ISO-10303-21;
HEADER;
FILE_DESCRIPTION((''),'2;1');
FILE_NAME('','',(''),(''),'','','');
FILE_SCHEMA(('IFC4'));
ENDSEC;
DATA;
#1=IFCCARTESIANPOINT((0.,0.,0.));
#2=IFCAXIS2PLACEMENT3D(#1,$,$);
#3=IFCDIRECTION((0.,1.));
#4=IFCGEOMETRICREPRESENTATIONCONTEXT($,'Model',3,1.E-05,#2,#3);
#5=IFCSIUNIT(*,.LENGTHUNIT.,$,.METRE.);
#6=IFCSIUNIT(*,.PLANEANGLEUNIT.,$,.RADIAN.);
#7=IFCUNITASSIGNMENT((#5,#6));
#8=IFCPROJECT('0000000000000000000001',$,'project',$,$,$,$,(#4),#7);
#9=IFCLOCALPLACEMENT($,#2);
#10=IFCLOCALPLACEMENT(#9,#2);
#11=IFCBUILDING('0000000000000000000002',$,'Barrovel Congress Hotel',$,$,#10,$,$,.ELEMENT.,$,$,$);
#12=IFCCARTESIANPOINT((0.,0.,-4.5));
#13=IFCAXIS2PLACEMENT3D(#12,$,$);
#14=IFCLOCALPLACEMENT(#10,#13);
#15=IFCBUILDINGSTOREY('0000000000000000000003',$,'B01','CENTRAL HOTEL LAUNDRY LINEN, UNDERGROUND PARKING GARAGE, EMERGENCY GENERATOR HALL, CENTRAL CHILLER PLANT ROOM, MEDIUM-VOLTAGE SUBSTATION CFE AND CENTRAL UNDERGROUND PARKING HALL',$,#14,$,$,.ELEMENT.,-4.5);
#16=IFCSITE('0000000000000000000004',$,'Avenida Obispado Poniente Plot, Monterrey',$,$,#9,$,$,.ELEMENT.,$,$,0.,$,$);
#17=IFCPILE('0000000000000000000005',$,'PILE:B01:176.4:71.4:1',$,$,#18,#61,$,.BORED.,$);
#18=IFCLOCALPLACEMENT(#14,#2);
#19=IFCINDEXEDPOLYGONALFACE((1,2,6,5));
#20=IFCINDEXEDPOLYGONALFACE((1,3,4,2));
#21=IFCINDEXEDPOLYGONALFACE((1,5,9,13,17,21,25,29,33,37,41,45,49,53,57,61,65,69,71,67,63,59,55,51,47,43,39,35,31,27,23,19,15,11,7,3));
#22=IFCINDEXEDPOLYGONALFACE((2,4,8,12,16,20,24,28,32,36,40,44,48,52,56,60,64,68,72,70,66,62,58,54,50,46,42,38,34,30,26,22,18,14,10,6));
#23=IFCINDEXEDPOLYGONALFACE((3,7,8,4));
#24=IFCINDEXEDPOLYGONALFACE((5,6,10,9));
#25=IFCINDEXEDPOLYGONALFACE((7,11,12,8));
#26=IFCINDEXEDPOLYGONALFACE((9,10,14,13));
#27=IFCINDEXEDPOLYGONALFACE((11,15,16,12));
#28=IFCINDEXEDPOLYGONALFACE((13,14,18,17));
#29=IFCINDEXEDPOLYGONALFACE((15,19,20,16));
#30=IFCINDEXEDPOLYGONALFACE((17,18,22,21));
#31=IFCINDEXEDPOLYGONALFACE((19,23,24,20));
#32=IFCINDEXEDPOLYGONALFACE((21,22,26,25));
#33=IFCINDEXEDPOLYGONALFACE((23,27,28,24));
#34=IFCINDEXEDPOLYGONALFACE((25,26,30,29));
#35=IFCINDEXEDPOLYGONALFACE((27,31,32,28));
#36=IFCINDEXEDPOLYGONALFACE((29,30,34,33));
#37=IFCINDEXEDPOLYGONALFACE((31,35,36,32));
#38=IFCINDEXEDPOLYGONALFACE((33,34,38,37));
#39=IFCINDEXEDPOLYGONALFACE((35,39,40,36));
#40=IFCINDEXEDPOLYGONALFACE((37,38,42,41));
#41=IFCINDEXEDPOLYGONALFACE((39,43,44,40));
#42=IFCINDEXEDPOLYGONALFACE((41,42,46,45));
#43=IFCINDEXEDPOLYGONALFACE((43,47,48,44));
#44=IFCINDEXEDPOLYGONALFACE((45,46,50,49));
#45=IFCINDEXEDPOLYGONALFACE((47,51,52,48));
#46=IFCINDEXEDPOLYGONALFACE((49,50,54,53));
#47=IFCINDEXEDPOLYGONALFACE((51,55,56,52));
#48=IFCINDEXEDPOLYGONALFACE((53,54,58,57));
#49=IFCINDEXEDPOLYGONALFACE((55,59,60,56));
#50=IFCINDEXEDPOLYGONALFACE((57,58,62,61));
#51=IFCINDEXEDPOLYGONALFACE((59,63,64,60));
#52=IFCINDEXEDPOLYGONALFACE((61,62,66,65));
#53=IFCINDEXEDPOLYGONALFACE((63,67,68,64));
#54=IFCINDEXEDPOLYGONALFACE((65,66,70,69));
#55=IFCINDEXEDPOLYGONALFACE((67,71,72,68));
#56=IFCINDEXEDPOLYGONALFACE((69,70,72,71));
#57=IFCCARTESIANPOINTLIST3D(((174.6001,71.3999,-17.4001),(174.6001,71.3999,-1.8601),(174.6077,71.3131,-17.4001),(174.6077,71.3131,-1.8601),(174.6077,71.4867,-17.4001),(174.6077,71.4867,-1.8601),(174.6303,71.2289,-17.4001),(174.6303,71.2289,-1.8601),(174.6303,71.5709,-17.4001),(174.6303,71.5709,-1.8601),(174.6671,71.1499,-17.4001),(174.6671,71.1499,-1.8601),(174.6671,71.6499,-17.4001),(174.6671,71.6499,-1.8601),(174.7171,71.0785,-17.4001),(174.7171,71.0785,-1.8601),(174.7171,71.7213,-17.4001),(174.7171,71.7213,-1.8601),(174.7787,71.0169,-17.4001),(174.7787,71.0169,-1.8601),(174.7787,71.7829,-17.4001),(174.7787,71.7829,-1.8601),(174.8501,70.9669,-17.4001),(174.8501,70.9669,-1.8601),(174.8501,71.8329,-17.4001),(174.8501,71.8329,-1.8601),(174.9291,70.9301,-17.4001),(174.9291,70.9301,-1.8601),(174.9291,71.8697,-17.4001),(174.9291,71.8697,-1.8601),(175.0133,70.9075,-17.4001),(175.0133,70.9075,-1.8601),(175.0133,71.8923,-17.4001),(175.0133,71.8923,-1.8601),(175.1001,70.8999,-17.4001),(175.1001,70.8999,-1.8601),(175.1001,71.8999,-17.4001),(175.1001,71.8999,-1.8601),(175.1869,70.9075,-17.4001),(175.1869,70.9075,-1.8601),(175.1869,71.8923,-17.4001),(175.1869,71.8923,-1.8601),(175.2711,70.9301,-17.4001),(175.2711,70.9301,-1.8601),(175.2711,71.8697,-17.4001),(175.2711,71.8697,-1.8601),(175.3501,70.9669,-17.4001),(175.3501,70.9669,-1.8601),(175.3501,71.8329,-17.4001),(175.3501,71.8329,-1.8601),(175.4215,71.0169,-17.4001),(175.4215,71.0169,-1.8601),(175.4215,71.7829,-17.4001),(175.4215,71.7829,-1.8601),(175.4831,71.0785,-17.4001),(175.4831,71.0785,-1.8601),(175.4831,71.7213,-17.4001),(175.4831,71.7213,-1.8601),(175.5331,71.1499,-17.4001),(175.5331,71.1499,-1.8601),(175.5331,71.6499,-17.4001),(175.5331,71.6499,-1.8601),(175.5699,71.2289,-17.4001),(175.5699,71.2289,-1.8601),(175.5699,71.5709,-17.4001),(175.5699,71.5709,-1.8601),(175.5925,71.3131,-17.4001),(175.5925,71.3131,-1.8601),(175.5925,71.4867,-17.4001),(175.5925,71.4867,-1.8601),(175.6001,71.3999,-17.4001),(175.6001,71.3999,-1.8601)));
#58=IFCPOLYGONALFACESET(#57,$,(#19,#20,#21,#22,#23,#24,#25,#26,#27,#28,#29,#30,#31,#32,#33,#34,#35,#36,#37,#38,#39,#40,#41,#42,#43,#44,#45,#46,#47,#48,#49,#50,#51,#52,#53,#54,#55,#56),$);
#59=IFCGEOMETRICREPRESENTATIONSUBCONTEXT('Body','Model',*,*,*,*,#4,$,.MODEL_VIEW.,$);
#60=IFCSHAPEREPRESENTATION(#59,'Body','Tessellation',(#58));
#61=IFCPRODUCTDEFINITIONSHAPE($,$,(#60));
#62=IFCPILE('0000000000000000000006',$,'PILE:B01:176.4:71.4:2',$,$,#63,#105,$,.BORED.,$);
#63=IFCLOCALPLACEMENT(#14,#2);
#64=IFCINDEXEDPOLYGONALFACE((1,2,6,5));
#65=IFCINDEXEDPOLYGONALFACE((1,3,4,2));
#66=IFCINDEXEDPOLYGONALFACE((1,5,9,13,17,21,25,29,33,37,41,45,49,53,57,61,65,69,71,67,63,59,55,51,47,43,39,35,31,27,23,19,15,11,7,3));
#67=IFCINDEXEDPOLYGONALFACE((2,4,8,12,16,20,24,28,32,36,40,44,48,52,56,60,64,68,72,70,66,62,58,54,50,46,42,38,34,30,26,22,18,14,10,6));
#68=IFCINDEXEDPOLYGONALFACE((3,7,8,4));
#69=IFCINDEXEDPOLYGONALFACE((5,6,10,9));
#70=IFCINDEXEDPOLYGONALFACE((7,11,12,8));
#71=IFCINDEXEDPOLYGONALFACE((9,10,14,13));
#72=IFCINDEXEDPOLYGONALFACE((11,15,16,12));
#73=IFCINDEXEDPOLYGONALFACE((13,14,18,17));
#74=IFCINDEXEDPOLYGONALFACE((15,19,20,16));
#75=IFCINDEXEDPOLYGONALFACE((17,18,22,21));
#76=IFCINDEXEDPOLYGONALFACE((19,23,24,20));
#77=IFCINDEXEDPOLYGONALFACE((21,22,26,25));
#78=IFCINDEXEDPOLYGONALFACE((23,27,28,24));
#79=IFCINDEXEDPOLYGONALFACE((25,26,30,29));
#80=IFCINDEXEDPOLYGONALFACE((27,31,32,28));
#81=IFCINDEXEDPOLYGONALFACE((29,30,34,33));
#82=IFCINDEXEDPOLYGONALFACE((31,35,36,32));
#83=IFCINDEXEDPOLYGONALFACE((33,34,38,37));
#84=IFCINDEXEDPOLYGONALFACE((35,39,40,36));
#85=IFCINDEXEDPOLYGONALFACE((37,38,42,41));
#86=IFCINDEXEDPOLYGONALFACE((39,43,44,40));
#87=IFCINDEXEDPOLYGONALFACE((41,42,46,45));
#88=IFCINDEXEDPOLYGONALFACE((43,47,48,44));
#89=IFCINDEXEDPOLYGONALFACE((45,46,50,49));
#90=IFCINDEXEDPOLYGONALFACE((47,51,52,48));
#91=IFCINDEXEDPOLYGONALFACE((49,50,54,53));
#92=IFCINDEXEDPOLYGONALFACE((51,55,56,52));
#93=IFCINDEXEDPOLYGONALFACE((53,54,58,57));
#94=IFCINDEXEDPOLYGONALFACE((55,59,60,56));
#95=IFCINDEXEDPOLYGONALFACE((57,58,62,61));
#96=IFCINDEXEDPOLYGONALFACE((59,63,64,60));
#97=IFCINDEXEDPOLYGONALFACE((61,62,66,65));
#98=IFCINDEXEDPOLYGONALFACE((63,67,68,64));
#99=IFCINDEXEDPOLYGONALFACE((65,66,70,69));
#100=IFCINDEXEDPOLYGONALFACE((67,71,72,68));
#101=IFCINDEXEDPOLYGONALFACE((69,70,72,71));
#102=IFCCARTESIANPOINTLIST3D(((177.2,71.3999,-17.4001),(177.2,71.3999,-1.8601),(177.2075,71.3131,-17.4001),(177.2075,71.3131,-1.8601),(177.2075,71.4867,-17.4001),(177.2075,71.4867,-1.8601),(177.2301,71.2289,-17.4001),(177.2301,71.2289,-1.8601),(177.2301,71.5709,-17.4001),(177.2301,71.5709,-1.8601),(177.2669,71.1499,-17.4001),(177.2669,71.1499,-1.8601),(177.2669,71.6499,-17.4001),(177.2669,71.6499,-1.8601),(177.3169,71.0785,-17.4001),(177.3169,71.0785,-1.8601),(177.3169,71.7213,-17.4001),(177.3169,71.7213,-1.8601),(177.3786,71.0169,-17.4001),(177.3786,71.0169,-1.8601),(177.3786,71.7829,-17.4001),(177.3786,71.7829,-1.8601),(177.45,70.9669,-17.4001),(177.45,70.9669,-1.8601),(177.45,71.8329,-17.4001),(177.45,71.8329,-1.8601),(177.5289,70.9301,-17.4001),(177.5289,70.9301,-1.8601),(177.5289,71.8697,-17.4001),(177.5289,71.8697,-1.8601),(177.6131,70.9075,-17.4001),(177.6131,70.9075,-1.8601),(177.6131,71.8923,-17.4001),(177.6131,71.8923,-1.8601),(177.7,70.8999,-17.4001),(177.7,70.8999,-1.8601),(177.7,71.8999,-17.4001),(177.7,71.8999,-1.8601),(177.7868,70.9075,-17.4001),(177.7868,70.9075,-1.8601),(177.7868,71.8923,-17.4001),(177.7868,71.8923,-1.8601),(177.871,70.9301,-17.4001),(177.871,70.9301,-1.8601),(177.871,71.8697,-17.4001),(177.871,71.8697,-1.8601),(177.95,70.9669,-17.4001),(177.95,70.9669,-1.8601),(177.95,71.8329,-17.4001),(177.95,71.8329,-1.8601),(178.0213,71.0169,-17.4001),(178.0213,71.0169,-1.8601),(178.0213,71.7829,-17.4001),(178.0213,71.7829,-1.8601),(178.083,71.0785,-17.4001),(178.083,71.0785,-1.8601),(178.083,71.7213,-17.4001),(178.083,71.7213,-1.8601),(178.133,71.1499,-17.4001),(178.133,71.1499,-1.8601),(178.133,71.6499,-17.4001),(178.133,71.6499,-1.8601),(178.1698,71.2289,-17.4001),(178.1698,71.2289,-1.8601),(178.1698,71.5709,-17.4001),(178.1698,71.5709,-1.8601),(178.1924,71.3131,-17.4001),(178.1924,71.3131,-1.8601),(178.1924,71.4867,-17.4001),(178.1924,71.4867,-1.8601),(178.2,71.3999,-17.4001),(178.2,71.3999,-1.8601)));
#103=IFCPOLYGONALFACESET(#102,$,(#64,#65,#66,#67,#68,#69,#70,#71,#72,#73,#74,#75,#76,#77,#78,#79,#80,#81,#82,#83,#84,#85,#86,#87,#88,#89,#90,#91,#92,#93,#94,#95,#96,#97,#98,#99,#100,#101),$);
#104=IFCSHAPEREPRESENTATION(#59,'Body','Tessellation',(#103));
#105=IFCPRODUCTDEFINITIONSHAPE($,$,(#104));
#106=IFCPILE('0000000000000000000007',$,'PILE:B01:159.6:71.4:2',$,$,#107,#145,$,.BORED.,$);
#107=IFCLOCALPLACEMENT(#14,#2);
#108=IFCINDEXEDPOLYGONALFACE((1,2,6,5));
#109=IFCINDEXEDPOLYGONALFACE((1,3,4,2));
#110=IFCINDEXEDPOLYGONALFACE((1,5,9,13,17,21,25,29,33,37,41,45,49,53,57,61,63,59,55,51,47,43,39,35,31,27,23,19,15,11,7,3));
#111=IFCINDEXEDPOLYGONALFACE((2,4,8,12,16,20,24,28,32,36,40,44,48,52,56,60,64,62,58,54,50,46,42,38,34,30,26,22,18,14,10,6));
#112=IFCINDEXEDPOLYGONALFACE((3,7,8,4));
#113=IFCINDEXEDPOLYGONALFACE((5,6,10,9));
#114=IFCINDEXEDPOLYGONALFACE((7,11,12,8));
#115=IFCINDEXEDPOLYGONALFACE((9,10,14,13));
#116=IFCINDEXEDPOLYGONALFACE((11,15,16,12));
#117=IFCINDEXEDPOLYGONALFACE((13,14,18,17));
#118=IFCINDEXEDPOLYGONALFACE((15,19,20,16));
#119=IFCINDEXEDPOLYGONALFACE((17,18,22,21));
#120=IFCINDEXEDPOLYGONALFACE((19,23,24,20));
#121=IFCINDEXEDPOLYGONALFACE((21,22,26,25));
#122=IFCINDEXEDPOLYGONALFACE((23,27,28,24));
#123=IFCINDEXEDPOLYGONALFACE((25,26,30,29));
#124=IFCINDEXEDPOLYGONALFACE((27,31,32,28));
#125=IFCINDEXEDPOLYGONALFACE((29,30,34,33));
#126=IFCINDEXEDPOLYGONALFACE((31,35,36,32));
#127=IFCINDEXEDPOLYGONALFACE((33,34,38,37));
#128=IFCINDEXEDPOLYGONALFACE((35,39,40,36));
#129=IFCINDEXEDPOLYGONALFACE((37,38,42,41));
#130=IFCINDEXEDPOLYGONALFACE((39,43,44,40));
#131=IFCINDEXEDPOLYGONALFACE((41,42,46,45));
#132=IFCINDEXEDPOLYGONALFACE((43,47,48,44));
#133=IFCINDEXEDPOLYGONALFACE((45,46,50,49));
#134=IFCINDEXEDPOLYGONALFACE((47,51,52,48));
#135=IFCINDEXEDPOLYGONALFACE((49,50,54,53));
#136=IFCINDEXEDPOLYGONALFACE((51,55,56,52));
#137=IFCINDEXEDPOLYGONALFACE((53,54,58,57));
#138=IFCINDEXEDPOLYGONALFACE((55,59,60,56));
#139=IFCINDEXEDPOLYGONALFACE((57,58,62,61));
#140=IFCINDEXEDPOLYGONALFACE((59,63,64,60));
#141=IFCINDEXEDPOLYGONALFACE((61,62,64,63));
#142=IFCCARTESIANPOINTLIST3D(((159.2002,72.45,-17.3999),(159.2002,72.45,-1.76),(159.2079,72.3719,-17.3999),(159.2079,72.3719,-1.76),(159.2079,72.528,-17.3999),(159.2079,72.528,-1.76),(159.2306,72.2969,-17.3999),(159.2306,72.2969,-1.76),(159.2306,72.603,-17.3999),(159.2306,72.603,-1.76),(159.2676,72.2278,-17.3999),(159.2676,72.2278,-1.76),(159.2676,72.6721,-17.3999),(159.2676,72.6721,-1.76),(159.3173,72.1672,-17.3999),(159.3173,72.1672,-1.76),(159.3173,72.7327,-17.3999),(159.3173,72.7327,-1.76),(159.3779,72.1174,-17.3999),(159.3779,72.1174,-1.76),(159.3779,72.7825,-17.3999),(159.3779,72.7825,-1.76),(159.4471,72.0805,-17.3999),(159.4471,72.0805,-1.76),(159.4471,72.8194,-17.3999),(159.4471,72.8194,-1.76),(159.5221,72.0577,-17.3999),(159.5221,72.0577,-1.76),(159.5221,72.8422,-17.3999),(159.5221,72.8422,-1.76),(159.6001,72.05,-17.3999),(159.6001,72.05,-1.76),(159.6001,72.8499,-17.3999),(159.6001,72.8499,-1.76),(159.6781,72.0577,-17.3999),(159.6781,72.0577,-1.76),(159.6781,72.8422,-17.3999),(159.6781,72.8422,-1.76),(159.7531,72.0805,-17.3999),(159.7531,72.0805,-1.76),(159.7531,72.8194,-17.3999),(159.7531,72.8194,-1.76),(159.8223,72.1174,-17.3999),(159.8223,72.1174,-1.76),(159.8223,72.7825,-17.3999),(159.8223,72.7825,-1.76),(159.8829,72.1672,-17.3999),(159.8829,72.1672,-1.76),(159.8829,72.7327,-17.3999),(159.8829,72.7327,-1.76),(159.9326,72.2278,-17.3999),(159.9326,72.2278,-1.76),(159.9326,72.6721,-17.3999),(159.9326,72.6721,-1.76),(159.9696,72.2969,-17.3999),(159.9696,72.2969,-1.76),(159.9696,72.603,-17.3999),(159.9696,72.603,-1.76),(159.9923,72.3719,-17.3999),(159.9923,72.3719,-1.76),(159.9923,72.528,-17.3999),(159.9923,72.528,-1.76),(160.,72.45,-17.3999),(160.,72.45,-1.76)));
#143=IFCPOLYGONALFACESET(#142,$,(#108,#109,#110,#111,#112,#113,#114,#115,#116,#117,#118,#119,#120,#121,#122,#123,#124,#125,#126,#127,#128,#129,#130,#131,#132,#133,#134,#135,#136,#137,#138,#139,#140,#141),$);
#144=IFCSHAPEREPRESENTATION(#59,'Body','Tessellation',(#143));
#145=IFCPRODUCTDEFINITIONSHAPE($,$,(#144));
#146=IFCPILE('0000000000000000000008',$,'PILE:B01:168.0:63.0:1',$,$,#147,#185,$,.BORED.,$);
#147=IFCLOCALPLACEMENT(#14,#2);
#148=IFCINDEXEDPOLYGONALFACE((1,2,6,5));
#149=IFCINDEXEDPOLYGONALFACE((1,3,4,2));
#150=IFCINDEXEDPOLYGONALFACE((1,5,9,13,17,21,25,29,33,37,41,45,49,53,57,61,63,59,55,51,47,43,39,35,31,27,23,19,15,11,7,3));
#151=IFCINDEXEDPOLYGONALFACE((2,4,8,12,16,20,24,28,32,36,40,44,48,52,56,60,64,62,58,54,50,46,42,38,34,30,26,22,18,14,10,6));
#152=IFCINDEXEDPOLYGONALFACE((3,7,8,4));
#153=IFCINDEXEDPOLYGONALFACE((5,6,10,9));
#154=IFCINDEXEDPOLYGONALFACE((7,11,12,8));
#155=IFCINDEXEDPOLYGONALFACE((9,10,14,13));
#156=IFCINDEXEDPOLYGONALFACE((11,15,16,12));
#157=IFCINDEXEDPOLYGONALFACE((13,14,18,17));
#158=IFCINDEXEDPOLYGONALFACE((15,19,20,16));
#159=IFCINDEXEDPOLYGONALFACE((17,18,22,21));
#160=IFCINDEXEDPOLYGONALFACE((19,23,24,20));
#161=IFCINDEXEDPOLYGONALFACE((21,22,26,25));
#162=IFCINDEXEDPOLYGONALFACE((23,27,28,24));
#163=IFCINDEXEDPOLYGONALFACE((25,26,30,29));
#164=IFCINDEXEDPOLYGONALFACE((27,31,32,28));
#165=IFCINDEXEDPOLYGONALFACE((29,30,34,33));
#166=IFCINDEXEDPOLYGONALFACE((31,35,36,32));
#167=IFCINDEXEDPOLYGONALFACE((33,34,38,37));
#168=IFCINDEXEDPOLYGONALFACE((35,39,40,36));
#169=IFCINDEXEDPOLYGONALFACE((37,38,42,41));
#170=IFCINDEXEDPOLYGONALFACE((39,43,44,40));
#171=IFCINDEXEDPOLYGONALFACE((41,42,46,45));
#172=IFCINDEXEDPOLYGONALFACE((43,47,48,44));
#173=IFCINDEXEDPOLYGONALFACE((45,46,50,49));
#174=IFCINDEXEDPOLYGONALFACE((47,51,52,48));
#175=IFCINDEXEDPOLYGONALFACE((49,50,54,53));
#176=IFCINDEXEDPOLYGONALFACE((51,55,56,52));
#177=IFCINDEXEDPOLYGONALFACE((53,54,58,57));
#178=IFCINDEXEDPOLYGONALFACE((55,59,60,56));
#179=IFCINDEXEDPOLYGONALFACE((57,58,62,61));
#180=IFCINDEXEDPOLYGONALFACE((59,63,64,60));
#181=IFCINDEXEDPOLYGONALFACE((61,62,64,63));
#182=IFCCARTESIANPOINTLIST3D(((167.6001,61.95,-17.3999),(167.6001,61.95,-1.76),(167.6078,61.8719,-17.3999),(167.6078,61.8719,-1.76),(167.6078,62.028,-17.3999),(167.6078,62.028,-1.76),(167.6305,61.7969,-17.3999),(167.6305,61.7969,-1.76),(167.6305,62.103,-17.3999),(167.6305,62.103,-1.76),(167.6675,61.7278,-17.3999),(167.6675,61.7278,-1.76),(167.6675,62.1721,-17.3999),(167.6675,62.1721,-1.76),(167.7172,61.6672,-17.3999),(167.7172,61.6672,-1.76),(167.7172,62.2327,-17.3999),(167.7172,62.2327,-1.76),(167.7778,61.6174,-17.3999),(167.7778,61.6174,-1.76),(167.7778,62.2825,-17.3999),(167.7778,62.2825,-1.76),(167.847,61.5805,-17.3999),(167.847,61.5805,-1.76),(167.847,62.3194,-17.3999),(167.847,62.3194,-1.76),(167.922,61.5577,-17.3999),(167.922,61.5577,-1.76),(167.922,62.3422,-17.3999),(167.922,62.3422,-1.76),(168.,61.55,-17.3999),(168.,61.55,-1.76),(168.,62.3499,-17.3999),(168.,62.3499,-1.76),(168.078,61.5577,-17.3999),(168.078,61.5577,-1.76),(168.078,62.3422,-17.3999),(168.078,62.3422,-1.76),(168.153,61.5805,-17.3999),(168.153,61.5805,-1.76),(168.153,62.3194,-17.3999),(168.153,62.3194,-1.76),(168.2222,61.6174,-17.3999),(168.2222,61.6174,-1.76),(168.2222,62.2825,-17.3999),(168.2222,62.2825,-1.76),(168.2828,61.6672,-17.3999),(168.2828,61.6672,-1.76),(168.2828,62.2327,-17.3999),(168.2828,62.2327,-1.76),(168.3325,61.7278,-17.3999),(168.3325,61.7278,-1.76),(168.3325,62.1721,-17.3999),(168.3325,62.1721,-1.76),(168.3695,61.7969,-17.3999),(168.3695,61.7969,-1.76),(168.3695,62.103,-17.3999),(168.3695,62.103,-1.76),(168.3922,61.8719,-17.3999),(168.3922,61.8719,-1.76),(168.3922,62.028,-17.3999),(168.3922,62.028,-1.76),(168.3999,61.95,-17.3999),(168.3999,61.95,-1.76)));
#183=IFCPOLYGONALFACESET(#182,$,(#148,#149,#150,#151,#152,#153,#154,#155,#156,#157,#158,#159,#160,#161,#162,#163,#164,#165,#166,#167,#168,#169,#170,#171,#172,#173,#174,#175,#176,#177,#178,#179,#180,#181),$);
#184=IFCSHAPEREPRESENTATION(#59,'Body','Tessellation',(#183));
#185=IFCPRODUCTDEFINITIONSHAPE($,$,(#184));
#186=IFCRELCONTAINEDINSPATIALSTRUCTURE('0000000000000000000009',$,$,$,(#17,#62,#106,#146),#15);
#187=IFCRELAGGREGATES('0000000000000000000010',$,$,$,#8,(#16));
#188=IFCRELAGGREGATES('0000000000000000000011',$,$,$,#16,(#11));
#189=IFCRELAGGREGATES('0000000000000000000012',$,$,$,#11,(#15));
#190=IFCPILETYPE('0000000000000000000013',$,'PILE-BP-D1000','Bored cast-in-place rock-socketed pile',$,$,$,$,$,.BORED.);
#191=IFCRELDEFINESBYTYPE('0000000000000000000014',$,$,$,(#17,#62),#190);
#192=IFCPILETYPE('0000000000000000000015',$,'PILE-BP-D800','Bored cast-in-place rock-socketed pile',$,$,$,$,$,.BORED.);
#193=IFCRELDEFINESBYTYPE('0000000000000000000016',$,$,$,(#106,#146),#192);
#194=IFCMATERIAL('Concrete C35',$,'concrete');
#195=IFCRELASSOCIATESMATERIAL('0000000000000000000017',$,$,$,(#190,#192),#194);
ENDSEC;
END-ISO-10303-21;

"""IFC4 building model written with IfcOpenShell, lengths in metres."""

from ifc_helpers import new_model, si_unit, direction, frame, origin, origin_2d, place, context, subcontext, project, spatial, circle, extrude, material, material_profile, profile_set, type_object, element, save


model = new_model("IFC4")

# Units and contexts
model_context = context("Model", 3, precision=1e-05, world=origin(), true_north=direction((0.0, 1.0)))
body_context = subcontext(model_context, "Body", "Model", "MODEL_VIEW")
ifc_project = project(units=[si_unit("LENGTHUNIT", "METRE"), si_unit("PLANEANGLEUNIT", "RADIAN")], contexts=[model_context])

# Site, building, storey
site_placement = place(None, origin())
site = spatial("IfcSite", under=ifc_project, at=site_placement, Name="Avenida Obispado Poniente Plot, Monterrey", CompositionType="ELEMENT", RefElevation=0.0)
building_placement = place(site_placement, origin())
building = spatial("IfcBuilding", under=site, at=building_placement, Name="Barrovel Congress Hotel", CompositionType="ELEMENT")
storey_placement = place(building_placement, frame((0.0, 0.0, -4.5)))
storey = spatial("IfcBuildingStorey", under=building, at=storey_placement, Name="B01", Description="CENTRAL HOTEL LAUNDRY LINEN, UNDERGROUND PARKING GARAGE, EMERGENCY GENERATOR HALL, CENTRAL CHILLER PLANT ROOM, MEDIUM-VOLTAGE SUBSTATION CFE AND CENTRAL UNDERGROUND PARKING HALL", CompositionType="ELEMENT", Elevation=-4.5)

# Piles
ifc_material_1 = material(Name="Concrete C35", Category="concrete")
ifc_material_profile_1 = material_profile(ifc_material_1, circle(Radius=0.5, at=origin_2d()), Name="BP-D1000")
ifc_profile_set_1 = profile_set([ifc_material_profile_1], Name="Concrete C35")
pile_type_1 = type_object("IfcPileType", Name="PILE-BP-D1000", Description="Bored cast-in-place rock-socketed pile", PredefinedType="BORED", material=ifc_profile_set_1)
for number, where, z_axis, x_axis, name in (
    (1, (175.1001, 71.3999, -1.8601), (0.0, 0.0, -1.0), (1.0, 0.0, 0.0), "PILE:B01:176.4:71.4:1"),
    (2, (177.7, 71.3999, -1.8601), (0.0, 0.0, -1.0), (1.0, 0.0, 0.0), "PILE:B01:176.4:71.4:2"),
):
    element("IfcPile", number, at=place(storey_placement, frame(where, z_axis=z_axis, x_axis=x_axis)), inside=storey, type_object=pile_type_1, Name=name, PredefinedType="BORED", context=body_context, shape_type="SweptSolid", body=[
        extrude(circle(Radius=0.5, at=origin_2d()), origin(), (0.0, 0.0, 1.0), 15.54),
    ])
ifc_material_profile_2 = material_profile(ifc_material_1, circle(Radius=0.3999, at=origin_2d()), Name="BP-D800")
ifc_profile_set_2 = profile_set([ifc_material_profile_2], Name="Concrete C35")
pile_type_2 = type_object("IfcPileType", Name="PILE-BP-D800", Description="Bored cast-in-place rock-socketed pile", PredefinedType="BORED", material=ifc_profile_set_2)
for number, where, z_axis, x_axis, name in (
    (3, (159.6001, 72.45, -1.76), (0.0, 0.0, -1.0), (1.0, 0.0, 0.0), "PILE:B01:159.6:71.4:2"),
    (4, (168.0, 61.95, -1.76), (0.0, 0.0, -1.0), (1.0, 0.0, 0.0), "PILE:B01:168.0:63.0:1"),
):
    element("IfcPile", number, at=place(storey_placement, frame(where, z_axis=z_axis, x_axis=x_axis)), inside=storey, type_object=pile_type_2, Name=name, PredefinedType="BORED", context=body_context, shape_type="SweptSolid", body=[
        extrude(circle(Radius=0.3999, at=origin_2d()), origin(), (0.0, 0.0, 1.0), 15.6399),
    ])

save(model, "model.ifc")
